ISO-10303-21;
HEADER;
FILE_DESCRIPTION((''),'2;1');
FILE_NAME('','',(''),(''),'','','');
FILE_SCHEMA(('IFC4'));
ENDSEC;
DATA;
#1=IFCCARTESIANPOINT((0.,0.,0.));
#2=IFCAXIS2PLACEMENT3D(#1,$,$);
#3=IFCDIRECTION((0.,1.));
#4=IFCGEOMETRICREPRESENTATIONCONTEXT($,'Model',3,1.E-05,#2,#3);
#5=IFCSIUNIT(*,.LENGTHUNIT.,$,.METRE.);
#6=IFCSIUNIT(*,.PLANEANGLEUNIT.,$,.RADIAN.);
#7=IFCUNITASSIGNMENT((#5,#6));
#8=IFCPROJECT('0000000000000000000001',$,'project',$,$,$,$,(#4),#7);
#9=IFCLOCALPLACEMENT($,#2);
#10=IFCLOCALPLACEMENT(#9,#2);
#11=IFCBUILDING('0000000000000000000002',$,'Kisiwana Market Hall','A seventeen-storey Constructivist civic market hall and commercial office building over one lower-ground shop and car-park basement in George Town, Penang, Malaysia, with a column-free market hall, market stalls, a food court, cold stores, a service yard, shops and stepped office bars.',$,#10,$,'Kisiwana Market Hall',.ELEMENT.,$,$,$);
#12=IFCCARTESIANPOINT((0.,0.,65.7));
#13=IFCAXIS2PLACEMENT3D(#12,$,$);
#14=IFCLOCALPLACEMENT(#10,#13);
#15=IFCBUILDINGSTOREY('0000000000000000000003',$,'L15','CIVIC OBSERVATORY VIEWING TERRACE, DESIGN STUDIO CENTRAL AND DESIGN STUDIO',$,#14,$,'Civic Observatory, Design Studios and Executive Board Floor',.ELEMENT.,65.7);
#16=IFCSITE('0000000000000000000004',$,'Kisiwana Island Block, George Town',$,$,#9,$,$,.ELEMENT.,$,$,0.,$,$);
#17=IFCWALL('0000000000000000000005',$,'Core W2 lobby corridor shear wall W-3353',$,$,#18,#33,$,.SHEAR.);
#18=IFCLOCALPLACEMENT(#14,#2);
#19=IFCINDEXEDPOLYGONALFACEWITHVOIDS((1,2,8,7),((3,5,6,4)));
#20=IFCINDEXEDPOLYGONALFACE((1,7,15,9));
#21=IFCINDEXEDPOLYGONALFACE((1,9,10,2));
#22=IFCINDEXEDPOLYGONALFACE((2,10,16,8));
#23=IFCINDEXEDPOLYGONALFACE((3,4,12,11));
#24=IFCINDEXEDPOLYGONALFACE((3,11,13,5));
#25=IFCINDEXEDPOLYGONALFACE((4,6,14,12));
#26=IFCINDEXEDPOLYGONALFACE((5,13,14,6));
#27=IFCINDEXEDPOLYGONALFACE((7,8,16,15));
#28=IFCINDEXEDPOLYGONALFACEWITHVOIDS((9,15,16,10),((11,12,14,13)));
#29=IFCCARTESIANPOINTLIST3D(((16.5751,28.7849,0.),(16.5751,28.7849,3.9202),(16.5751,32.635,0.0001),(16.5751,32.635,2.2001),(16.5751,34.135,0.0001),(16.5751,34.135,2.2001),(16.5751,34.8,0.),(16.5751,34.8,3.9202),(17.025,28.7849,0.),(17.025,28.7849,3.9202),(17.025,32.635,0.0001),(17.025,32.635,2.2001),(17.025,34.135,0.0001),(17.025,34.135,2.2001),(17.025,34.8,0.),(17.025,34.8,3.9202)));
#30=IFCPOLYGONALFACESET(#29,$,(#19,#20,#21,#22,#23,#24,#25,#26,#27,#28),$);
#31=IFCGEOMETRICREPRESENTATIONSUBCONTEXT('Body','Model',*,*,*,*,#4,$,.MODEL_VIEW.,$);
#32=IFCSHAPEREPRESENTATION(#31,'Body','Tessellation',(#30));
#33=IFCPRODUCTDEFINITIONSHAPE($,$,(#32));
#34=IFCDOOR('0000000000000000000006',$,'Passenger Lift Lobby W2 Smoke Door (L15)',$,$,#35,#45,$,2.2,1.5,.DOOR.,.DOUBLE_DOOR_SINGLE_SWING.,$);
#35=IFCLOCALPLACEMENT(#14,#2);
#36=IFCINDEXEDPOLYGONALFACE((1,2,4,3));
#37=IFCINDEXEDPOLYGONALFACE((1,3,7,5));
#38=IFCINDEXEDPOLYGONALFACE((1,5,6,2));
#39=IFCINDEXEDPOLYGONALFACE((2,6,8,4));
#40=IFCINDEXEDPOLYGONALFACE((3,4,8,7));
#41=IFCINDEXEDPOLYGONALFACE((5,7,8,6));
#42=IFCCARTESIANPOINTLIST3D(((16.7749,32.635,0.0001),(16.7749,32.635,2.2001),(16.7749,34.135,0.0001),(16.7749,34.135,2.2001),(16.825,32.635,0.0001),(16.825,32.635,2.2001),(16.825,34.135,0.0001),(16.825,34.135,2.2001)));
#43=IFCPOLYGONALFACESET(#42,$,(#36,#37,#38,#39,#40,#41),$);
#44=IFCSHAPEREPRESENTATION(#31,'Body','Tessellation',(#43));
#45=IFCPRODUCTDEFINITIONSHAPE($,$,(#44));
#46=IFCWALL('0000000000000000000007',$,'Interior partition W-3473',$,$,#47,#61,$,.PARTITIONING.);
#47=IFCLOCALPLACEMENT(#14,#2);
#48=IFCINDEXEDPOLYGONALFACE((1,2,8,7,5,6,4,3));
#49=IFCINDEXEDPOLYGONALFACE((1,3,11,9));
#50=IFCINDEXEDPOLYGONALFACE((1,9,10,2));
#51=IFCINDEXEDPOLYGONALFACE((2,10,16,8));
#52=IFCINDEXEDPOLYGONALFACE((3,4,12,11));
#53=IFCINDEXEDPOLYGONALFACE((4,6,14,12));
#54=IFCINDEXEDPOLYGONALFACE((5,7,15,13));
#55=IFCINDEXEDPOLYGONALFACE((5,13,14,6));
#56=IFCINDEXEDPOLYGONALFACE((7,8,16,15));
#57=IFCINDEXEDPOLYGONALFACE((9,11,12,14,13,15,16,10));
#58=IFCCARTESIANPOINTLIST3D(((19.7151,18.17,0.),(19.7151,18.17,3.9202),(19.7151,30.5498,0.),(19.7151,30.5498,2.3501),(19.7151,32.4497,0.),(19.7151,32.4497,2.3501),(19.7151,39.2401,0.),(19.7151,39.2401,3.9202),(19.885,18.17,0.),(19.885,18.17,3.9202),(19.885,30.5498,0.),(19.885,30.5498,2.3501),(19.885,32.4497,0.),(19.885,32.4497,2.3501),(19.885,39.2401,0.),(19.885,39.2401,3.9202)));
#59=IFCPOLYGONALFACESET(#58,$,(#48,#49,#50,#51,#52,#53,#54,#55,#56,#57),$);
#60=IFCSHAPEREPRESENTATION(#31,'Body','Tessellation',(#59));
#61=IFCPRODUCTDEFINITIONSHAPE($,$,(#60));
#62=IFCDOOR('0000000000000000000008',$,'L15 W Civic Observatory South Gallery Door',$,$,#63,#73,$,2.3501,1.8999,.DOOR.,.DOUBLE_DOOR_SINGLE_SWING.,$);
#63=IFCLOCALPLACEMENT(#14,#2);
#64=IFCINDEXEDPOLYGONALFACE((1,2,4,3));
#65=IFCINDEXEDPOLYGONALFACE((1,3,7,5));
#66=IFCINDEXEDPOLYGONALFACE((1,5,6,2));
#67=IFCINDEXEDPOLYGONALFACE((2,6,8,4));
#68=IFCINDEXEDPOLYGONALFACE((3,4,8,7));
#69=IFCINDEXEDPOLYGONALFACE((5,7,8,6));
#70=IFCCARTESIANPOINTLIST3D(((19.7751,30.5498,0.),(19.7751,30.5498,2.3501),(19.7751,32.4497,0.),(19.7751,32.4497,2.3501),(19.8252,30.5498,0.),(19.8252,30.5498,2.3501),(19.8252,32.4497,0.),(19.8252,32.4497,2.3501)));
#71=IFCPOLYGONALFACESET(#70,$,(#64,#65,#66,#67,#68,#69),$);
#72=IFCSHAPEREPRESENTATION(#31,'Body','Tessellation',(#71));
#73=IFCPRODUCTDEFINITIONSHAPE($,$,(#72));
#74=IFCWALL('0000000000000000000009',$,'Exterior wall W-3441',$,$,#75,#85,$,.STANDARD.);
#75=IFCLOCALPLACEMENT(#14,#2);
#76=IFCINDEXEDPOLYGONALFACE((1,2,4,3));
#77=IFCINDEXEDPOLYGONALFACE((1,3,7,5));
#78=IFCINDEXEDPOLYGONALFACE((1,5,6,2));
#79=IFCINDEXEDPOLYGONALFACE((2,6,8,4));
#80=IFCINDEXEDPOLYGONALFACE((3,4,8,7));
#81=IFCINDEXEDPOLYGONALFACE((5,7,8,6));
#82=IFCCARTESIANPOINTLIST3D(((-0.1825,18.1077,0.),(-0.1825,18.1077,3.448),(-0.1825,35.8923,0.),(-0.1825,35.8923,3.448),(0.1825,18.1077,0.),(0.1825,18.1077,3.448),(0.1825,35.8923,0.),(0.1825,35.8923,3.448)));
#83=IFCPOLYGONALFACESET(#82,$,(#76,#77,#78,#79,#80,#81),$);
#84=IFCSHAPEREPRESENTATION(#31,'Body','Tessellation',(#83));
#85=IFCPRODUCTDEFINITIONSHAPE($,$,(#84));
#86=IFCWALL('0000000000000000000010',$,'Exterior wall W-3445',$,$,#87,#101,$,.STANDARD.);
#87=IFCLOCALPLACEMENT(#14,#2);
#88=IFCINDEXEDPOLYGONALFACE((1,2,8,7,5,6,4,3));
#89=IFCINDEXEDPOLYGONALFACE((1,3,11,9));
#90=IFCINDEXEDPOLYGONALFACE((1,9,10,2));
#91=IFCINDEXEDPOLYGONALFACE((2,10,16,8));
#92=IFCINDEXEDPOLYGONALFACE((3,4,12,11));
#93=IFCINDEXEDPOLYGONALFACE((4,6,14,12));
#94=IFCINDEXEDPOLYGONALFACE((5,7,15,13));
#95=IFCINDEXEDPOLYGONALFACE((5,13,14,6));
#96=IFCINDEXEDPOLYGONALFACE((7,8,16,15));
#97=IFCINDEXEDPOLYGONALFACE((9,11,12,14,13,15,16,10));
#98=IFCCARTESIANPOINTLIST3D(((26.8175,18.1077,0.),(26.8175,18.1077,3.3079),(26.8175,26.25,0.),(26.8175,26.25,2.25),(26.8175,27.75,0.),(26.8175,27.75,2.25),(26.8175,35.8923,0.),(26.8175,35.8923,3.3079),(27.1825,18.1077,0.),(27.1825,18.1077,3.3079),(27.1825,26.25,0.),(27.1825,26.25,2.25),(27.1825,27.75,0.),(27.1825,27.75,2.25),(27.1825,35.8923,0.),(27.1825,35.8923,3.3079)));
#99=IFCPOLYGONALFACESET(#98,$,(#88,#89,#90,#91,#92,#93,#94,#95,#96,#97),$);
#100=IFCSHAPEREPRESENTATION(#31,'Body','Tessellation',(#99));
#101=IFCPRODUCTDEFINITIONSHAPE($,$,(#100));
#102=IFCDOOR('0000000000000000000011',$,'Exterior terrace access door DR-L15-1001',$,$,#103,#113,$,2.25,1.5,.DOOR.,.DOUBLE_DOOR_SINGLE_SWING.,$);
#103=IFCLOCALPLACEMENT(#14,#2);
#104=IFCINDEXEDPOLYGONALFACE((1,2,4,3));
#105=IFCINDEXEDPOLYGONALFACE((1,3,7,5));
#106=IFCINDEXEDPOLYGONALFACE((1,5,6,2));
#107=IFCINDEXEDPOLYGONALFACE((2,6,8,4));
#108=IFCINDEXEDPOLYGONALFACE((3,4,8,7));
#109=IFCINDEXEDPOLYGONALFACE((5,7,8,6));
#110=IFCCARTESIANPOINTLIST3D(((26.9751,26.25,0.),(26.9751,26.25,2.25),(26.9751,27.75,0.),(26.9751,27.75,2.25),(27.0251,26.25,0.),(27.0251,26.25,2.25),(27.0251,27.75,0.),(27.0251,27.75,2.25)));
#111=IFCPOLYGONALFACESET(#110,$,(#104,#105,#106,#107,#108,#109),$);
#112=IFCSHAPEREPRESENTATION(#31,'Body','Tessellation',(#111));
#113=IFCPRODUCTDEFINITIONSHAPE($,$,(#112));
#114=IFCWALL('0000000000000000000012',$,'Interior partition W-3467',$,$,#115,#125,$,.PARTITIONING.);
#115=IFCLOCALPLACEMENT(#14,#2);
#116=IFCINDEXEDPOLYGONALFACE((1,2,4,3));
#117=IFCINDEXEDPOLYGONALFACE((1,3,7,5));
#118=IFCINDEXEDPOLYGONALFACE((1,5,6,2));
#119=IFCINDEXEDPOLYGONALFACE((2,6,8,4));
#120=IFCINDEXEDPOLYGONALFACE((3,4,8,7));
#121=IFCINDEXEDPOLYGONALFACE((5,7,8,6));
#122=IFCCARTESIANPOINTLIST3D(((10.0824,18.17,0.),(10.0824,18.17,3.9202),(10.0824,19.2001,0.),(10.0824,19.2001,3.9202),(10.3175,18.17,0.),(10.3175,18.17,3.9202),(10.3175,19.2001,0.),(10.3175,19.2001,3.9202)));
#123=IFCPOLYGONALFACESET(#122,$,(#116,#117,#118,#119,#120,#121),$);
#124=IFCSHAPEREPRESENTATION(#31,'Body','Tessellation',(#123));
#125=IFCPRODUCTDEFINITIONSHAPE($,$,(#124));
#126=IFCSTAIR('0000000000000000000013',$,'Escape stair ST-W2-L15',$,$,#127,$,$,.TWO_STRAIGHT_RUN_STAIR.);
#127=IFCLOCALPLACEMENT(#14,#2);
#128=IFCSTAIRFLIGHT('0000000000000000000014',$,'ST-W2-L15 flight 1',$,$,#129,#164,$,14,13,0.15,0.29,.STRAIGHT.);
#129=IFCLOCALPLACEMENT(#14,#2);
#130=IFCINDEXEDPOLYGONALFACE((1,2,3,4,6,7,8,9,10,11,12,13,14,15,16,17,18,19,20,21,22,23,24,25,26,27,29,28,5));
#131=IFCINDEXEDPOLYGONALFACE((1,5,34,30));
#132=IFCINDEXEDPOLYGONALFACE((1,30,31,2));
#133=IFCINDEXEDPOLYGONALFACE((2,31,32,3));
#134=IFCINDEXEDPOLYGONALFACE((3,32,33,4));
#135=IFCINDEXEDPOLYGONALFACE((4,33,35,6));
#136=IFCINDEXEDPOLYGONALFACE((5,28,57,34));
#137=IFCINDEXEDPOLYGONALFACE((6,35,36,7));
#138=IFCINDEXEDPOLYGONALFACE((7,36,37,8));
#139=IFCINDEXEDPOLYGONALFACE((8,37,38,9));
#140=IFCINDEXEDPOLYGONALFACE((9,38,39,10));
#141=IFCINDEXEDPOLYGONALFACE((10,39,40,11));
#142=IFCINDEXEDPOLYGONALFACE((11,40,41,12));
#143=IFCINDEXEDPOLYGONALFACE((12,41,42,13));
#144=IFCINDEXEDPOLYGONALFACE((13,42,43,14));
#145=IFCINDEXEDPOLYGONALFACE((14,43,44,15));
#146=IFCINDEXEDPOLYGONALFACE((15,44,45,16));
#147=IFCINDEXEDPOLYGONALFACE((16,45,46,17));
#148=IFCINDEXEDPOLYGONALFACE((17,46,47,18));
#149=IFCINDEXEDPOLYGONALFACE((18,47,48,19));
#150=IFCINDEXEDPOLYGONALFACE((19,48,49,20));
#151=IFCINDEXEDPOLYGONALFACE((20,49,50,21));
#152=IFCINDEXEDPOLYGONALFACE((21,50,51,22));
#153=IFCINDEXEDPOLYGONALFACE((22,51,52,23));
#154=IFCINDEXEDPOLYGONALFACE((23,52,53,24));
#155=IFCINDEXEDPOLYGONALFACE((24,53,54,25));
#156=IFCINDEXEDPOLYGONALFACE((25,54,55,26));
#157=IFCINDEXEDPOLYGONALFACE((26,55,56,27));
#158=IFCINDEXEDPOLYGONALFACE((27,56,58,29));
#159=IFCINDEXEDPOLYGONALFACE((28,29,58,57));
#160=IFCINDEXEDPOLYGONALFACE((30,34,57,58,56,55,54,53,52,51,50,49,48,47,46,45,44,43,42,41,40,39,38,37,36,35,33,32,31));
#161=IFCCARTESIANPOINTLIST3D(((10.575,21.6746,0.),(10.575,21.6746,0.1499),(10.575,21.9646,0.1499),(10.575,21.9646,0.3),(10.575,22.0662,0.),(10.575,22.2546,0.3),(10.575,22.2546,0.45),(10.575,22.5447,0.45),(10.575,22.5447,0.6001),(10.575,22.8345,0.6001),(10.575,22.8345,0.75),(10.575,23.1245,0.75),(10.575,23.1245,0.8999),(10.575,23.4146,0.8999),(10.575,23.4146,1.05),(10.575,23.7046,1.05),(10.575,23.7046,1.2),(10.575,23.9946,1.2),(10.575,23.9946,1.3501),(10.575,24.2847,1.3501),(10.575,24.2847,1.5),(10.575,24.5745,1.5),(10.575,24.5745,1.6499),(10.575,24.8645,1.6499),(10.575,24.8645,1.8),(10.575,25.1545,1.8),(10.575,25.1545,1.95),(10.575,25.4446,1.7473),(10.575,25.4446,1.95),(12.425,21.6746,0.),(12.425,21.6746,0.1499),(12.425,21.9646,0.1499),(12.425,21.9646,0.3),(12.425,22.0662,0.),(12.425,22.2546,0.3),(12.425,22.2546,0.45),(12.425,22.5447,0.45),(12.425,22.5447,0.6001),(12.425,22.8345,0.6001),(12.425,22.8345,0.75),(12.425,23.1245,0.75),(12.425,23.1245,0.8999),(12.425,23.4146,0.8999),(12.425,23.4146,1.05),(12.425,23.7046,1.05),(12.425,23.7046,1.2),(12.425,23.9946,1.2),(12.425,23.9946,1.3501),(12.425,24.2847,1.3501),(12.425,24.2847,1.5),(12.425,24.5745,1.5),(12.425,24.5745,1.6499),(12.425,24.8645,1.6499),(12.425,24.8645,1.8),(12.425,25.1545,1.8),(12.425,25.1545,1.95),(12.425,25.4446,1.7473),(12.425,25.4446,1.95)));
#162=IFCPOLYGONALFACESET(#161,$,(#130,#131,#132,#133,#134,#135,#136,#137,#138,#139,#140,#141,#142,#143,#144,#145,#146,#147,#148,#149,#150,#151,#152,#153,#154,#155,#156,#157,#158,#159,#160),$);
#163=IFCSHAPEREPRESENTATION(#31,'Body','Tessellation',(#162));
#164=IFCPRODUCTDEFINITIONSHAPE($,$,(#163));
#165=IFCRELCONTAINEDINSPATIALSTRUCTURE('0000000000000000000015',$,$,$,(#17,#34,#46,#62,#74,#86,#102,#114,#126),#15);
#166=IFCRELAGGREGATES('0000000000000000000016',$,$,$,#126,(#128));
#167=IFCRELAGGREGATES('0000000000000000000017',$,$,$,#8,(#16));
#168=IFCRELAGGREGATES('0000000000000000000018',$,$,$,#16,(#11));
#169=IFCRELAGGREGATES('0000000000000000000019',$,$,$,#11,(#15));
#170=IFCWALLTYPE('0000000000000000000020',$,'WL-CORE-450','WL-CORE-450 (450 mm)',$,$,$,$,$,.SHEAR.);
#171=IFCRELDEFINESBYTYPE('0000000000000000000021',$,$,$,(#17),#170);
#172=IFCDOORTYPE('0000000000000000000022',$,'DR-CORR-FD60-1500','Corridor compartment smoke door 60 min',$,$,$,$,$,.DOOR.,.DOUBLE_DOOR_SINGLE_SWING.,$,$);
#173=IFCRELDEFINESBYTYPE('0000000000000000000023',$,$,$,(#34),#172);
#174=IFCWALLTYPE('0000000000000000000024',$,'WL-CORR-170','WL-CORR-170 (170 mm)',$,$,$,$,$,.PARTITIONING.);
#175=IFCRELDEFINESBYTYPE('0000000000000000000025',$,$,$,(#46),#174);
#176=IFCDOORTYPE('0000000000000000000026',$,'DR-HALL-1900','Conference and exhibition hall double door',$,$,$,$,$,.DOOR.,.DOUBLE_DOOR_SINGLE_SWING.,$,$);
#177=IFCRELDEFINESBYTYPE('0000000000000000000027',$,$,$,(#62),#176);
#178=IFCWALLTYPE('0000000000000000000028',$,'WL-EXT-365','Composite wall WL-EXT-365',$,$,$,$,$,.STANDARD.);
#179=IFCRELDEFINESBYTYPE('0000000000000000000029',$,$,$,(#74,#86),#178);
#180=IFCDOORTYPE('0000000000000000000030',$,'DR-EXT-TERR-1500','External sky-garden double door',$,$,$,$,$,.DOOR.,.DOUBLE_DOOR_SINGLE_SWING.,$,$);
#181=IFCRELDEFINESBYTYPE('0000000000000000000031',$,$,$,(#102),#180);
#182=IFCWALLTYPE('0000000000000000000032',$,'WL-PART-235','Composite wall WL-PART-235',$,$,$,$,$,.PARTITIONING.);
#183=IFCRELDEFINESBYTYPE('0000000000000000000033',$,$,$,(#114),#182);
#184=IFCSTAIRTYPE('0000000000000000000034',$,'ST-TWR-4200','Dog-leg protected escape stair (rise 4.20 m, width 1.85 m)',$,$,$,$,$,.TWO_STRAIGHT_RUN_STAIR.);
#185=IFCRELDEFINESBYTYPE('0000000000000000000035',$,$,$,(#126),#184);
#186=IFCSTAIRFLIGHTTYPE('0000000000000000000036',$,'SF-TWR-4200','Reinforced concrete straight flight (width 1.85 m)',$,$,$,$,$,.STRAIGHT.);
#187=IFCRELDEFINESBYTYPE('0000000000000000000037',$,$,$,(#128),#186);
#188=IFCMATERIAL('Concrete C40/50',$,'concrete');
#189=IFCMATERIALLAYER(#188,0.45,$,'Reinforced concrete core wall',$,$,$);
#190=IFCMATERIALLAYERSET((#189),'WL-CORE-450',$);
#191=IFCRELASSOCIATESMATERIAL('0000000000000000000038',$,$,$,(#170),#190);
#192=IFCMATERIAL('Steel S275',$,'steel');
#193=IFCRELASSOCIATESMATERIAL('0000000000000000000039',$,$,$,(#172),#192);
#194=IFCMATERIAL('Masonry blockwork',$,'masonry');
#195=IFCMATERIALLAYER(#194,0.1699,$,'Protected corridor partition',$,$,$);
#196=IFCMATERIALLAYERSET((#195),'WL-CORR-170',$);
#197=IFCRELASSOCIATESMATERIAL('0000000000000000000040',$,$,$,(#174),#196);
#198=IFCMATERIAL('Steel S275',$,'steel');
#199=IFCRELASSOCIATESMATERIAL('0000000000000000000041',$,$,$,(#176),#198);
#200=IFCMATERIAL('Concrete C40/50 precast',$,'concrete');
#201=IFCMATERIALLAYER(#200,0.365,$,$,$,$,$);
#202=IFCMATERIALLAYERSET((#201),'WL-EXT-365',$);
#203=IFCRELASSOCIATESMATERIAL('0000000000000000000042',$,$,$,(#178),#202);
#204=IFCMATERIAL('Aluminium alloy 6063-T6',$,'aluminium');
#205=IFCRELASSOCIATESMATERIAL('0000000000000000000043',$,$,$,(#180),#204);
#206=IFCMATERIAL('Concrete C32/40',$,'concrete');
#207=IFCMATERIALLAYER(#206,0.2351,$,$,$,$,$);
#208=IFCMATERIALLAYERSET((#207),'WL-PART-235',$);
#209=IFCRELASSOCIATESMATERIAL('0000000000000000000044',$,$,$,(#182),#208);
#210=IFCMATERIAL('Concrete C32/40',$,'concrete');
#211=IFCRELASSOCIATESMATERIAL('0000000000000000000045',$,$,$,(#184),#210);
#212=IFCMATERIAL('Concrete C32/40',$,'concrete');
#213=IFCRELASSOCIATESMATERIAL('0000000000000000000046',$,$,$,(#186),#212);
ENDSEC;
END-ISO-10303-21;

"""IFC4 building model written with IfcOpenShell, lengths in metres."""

from ifc_helpers import new_model, si_unit, direction, frame, frame_2d, origin, place, context, subcontext, project, spatial, polyline, rectangle, outline, extrude, material, layer, layer_set, type_object, element, fill, aggregate, save


model = new_model("IFC4")

# Units and contexts
model_context = context("Model", 3, precision=1e-05, world=origin(), true_north=direction((0.0, 1.0)))
body_context = subcontext(model_context, "Body", "Model", "MODEL_VIEW")
ifc_project = project(units=[si_unit("LENGTHUNIT", "METRE"), si_unit("PLANEANGLEUNIT", "RADIAN")], contexts=[model_context])

# Site, building, storey
site_placement = place(None, origin())
site = spatial("IfcSite", under=ifc_project, at=site_placement, Name="Kisiwana Island Block, George Town", CompositionType="ELEMENT", RefElevation=0.0)
building_placement = place(site_placement, origin())
building = spatial("IfcBuilding", under=site, at=building_placement, Name="Kisiwana Market Hall", Description="A seventeen-storey Constructivist civic market hall and commercial office building over one lower-ground shop and car-park basement in George Town, Penang, Malaysia, with a column-free market hall, market stalls, a food court, cold stores, a service yard, shops and stepped office bars.", LongName="Kisiwana Market Hall", CompositionType="ELEMENT")
storey_placement = place(building_placement, frame((0.0, 0.0, 65.7)))
storey = spatial("IfcBuildingStorey", under=building, at=storey_placement, Name="L15", Description="CIVIC OBSERVATORY VIEWING TERRACE, DESIGN STUDIO CENTRAL AND DESIGN STUDIO", LongName="Civic Observatory, Design Studios and Executive Board Floor", CompositionType="ELEMENT", Elevation=65.7)

# Shared definitions
ifc_material_1 = material(Name="Concrete C40/50", Category="concrete")
ifc_layer_1 = layer(ifc_material_1, 0.45, Name="Reinforced concrete core wall")
ifc_layer_set_1 = layer_set([ifc_layer_1], Name="WL-CORE-450")
wall_type_1 = type_object("IfcWallType", Name="WL-CORE-450", Description="WL-CORE-450 (450 mm)", PredefinedType="SHEAR", material=ifc_layer_set_1)

# Walls, openings, doors
wall_1_placement = place(storey_placement, frame((16.8, 28.7849, 0.0), z_axis=(0.0, 0.0, 1.0), x_axis=(0.0, 1.0, 0.0)))
wall_1 = element("IfcWall", 1, at=wall_1_placement, inside=storey, type_object=wall_type_1, Name="Core W2 lobby corridor shear wall W-3353", PredefinedType="SHEAR", context=body_context, shape_type="SweptSolid", body=[
    extrude(rectangle(XDim=6.0151, YDim=0.45, at=frame_2d((3.0076, 0.0))), origin(), (0.0, 0.0, 1.0), 3.9202),
])
opening_1_placement = place(wall_1_placement, frame((3.8501, 0.0, 0.0)))
opening_1 = element("IfcOpeningElement", 2, at=opening_1_placement, cuts=wall_1, PredefinedType="OPENING", context=body_context, shape_type="SweptSolid", body=[
    extrude(rectangle(XDim=1.5, YDim=2.2, at=frame_2d((0.75, 1.1001))), frame((0.0, 0.2368, 0.0), z_axis=(0.0, -1.0, 0.0), x_axis=(1.0, 0.0, 0.0)), (0.0, 0.0, 1.0), 0.4739),
])
ifc_material_2 = material(Name="Steel S275", Category="steel")
door_type_1 = type_object("IfcDoorType", Name="DR-CORR-FD60-1500", Description="Corridor compartment smoke door 60 min", OperationType="DOUBLE_DOOR_SINGLE_SWING", PredefinedType="DOOR", material=ifc_material_2)
door_1_placement = place(opening_1_placement, frame((1.5, 0.0, 0.0), z_axis=(0.0, 0.0, 1.0), x_axis=(-1.0, 0.0, 0.0)))
door_1 = element("IfcDoor", 3, at=door_1_placement, inside=storey, type_object=door_type_1, Name="Passenger Lift Lobby W2 Smoke Door (L15)", OperationType="DOUBLE_DOOR_SINGLE_SWING", OverallHeight=2.2, OverallWidth=1.5, PredefinedType="DOOR", context=body_context, shape_type="SweptSolid", body=[
    extrude(rectangle(XDim=1.5, YDim=2.2, at=frame_2d((0.75, 1.1001))), frame((0.0, 0.0249, 0.0), z_axis=(0.0, -1.0, 0.0), x_axis=(1.0, 0.0, 0.0)), (0.0, 0.0, 1.0), 0.05),
])
fill(opening_1, door_1)
ifc_material_3 = material(Name="Masonry blockwork", Category="masonry")
ifc_layer_2 = layer(ifc_material_3, 0.1699, Name="Protected corridor partition")
ifc_layer_set_2 = layer_set([ifc_layer_2], Name="WL-CORR-170")
wall_type_2 = type_object("IfcWallType", Name="WL-CORR-170", Description="WL-CORR-170 (170 mm)", PredefinedType="PARTITIONING", material=ifc_layer_set_2)
wall_2_placement = place(storey_placement, frame((19.8, 18.1699, 0.0), z_axis=(0.0, 0.0, 1.0), x_axis=(0.0, 1.0, 0.0)))
wall_2 = element("IfcWall", 4, at=wall_2_placement, inside=storey, type_object=wall_type_2, Name="Interior partition W-3473", PredefinedType="PARTITIONING", context=body_context, shape_type="SweptSolid", body=[
    extrude(rectangle(XDim=21.0701, YDim=0.1699, at=frame_2d((10.5352, 0.0))), origin(), (0.0, 0.0, 1.0), 3.9202),
])
opening_2_placement = place(wall_2_placement, frame((12.3799, 0.0, 0.0)))
opening_2 = element("IfcOpeningElement", 5, at=opening_2_placement, cuts=wall_2, PredefinedType="OPENING", context=body_context, shape_type="SweptSolid", body=[
    extrude(rectangle(XDim=1.8999, YDim=2.3501, at=frame_2d((0.95, 1.175))), frame((0.0, 0.0969, 0.0), z_axis=(0.0, -1.0, 0.0), x_axis=(1.0, 0.0, 0.0)), (0.0, 0.0, 1.0), 0.1938),
])
ifc_material_4 = material(Name="Steel S275", Category="steel")
door_type_2 = type_object("IfcDoorType", Name="DR-HALL-1900", Description="Conference and exhibition hall double door", OperationType="DOUBLE_DOOR_SINGLE_SWING", PredefinedType="DOOR", material=ifc_material_4)
door_2_placement = place(opening_2_placement, origin())
door_2 = element("IfcDoor", 6, at=door_2_placement, inside=storey, type_object=door_type_2, Name="L15 W Civic Observatory South Gallery Door", OperationType="DOUBLE_DOOR_SINGLE_SWING", OverallHeight=2.3501, OverallWidth=1.8999, PredefinedType="DOOR", context=body_context, shape_type="SweptSolid", body=[
    extrude(rectangle(XDim=1.8999, YDim=2.3501, at=frame_2d((0.95, 1.175))), frame((0.0, 0.0249, 0.0), z_axis=(0.0, -1.0, 0.0), x_axis=(1.0, 0.0, 0.0)), (0.0, 0.0, 1.0), 0.05),
])
fill(opening_2, door_2)

# Wall
ifc_material_5 = material(Name="Concrete C40/50 precast", Category="concrete")
ifc_layer_3 = layer(ifc_material_5, 0.365)
ifc_layer_set_3 = layer_set([ifc_layer_3], Name="WL-EXT-365")
wall_type_3 = type_object("IfcWallType", Name="WL-EXT-365", Description="Composite wall WL-EXT-365", PredefinedType="STANDARD", material=ifc_layer_set_3)
wall_3_placement = place(storey_placement, frame((0.0, 18.1077, 0.0), z_axis=(0.0, 0.0, 1.0), x_axis=(0.0, 1.0, 0.0)))
element("IfcWall", 7, at=wall_3_placement, inside=storey, type_object=wall_type_3, Name="Exterior wall W-3441", PredefinedType="STANDARD", context=body_context, shape_type="SweptSolid", body=[
    extrude(rectangle(XDim=17.7847, YDim=0.365, at=frame_2d((8.8923, 0.0))), origin(), (0.0, 0.0, 1.0), 3.448),
])

# Wall, opening, door
wall_4_placement = place(storey_placement, frame((27.0, 18.1077, 0.0), z_axis=(0.0, 0.0, 1.0), x_axis=(0.0, 1.0, 0.0)))
wall_4 = element("IfcWall", 8, at=wall_4_placement, inside=storey, type_object=wall_type_3, Name="Exterior wall W-3445", PredefinedType="STANDARD", context=body_context, shape_type="SweptSolid", body=[
    extrude(rectangle(XDim=17.7847, YDim=0.365, at=frame_2d((8.8923, 0.0))), origin(), (0.0, 0.0, 1.0), 3.3079),
])
opening_3_placement = place(wall_4_placement, frame((8.1423, 0.0, 0.0)))
opening_3 = element("IfcOpeningElement", 9, at=opening_3_placement, cuts=wall_4, PredefinedType="OPENING", context=body_context, shape_type="SweptSolid", body=[
    extrude(rectangle(XDim=1.5, YDim=2.25, at=frame_2d((0.75, 1.125))), frame((0.0, 0.1943, 0.0), z_axis=(0.0, -1.0, 0.0), x_axis=(1.0, 0.0, 0.0)), (0.0, 0.0, 1.0), 0.3889),
])
ifc_material_6 = material(Name="Aluminium alloy 6063-T6", Category="aluminium")
door_type_3 = type_object("IfcDoorType", Name="DR-EXT-TERR-1500", Description="External sky-garden double door", OperationType="DOUBLE_DOOR_SINGLE_SWING", PredefinedType="DOOR", material=ifc_material_6)
door_3_placement = place(opening_3_placement, origin())
door_3 = element("IfcDoor", 10, at=door_3_placement, inside=storey, type_object=door_type_3, Name="Exterior terrace access door DR-L15-1001", OperationType="DOUBLE_DOOR_SINGLE_SWING", OverallHeight=2.25, OverallWidth=1.5, PredefinedType="DOOR", context=body_context, shape_type="SweptSolid", body=[
    extrude(rectangle(XDim=1.5, YDim=2.25, at=frame_2d((0.75, 1.125))), frame((0.0, 0.0249, 0.0), z_axis=(0.0, -1.0, 0.0), x_axis=(1.0, 0.0, 0.0)), (0.0, 0.0, 1.0), 0.05),
])
fill(opening_3, door_3)

# Wall
ifc_material_7 = material(Name="Concrete C32/40", Category="concrete")
ifc_layer_4 = layer(ifc_material_7, 0.2351)
ifc_layer_set_4 = layer_set([ifc_layer_4], Name="WL-PART-235")
wall_type_4 = type_object("IfcWallType", Name="WL-PART-235", Description="Composite wall WL-PART-235", PredefinedType="PARTITIONING", material=ifc_layer_set_4)
wall_5_placement = place(storey_placement, frame((10.2, 18.1699, 0.0), z_axis=(0.0, 0.0, 1.0), x_axis=(0.0, 1.0, 0.0)))
element("IfcWall", 11, at=wall_5_placement, inside=storey, type_object=wall_type_4, Name="Interior partition W-3467", PredefinedType="PARTITIONING", context=body_context, shape_type="SweptSolid", body=[
    extrude(rectangle(XDim=1.03, YDim=0.2351, at=frame_2d((0.5151, 0.0))), origin(), (0.0, 0.0, 1.0), 3.9202),
])

# Stair, stair flight
ifc_material_8 = material(Name="Concrete C32/40", Category="concrete")
stair_type = type_object("IfcStairType", Name="ST-TWR-4200", Description="Dog-leg protected escape stair (rise 4.20 m, width 1.85 m)", PredefinedType="TWO_STRAIGHT_RUN_STAIR", material=ifc_material_8)
stair_placement = place(storey_placement, origin())
stair = element("IfcStair", 12, at=stair_placement, inside=storey, type_object=stair_type, Name="Escape stair ST-W2-L15", PredefinedType="TWO_STRAIGHT_RUN_STAIR")
ifc_material_9 = material(Name="Concrete C32/40", Category="concrete")
stair_flight_type = type_object("IfcStairFlightType", Name="SF-TWR-4200", Description="Reinforced concrete straight flight (width 1.85 m)", PredefinedType="STRAIGHT", material=ifc_material_9)
stair_flight_1_placement = place(storey_placement, frame((11.5, 21.6746, 0.0), z_axis=(0.0, 0.0, 1.0), x_axis=(0.0, 1.0, 0.0)))
stair_flight_1 = element("IfcStairFlight", 13, at=stair_flight_1_placement, type_object=stair_flight_type, Name="ST-W2-L15 flight 1", NumberOfRisers=14, NumberOfTreads=13, PredefinedType="STRAIGHT", RiserHeight=0.15, TreadLength=0.29, context=body_context, shape_type="SweptSolid", body=[
    extrude(outline(polyline([(0.0, 0.0), (0.0, 0.1499), (0.29, 0.1499), (0.29, 0.3), (0.5801, 0.3), (0.5801, 0.45), (0.8701, 0.45), (0.8701, 0.6001), (1.1599, 0.6001), (1.1599, 0.75), (1.45, 0.75), (1.45, 0.8999), (1.74, 0.8999), (1.74, 1.05), (2.03, 1.05), (2.03, 1.2), (2.3201, 1.2), (2.3201, 1.3501), (2.6101, 1.3501), (2.6101, 1.5), (2.8999, 1.5), (2.8999, 1.6499), (3.1899, 1.6499), (3.1899, 1.8), (3.48, 1.8), (3.48, 1.95), (3.77, 1.95), (3.77, 2.1001), (3.77, 1.7473), (0.3916, 0.0), (0.0, 0.0)])), frame((0.0, 0.925, 0.0), z_axis=(0.0, -1.0, 0.0), x_axis=(1.0, 0.0, 0.0)), (0.0, 0.0, 1.0), 1.8501),
])
aggregate(stair, [stair_flight_1])

save(model, "model.ifc")
